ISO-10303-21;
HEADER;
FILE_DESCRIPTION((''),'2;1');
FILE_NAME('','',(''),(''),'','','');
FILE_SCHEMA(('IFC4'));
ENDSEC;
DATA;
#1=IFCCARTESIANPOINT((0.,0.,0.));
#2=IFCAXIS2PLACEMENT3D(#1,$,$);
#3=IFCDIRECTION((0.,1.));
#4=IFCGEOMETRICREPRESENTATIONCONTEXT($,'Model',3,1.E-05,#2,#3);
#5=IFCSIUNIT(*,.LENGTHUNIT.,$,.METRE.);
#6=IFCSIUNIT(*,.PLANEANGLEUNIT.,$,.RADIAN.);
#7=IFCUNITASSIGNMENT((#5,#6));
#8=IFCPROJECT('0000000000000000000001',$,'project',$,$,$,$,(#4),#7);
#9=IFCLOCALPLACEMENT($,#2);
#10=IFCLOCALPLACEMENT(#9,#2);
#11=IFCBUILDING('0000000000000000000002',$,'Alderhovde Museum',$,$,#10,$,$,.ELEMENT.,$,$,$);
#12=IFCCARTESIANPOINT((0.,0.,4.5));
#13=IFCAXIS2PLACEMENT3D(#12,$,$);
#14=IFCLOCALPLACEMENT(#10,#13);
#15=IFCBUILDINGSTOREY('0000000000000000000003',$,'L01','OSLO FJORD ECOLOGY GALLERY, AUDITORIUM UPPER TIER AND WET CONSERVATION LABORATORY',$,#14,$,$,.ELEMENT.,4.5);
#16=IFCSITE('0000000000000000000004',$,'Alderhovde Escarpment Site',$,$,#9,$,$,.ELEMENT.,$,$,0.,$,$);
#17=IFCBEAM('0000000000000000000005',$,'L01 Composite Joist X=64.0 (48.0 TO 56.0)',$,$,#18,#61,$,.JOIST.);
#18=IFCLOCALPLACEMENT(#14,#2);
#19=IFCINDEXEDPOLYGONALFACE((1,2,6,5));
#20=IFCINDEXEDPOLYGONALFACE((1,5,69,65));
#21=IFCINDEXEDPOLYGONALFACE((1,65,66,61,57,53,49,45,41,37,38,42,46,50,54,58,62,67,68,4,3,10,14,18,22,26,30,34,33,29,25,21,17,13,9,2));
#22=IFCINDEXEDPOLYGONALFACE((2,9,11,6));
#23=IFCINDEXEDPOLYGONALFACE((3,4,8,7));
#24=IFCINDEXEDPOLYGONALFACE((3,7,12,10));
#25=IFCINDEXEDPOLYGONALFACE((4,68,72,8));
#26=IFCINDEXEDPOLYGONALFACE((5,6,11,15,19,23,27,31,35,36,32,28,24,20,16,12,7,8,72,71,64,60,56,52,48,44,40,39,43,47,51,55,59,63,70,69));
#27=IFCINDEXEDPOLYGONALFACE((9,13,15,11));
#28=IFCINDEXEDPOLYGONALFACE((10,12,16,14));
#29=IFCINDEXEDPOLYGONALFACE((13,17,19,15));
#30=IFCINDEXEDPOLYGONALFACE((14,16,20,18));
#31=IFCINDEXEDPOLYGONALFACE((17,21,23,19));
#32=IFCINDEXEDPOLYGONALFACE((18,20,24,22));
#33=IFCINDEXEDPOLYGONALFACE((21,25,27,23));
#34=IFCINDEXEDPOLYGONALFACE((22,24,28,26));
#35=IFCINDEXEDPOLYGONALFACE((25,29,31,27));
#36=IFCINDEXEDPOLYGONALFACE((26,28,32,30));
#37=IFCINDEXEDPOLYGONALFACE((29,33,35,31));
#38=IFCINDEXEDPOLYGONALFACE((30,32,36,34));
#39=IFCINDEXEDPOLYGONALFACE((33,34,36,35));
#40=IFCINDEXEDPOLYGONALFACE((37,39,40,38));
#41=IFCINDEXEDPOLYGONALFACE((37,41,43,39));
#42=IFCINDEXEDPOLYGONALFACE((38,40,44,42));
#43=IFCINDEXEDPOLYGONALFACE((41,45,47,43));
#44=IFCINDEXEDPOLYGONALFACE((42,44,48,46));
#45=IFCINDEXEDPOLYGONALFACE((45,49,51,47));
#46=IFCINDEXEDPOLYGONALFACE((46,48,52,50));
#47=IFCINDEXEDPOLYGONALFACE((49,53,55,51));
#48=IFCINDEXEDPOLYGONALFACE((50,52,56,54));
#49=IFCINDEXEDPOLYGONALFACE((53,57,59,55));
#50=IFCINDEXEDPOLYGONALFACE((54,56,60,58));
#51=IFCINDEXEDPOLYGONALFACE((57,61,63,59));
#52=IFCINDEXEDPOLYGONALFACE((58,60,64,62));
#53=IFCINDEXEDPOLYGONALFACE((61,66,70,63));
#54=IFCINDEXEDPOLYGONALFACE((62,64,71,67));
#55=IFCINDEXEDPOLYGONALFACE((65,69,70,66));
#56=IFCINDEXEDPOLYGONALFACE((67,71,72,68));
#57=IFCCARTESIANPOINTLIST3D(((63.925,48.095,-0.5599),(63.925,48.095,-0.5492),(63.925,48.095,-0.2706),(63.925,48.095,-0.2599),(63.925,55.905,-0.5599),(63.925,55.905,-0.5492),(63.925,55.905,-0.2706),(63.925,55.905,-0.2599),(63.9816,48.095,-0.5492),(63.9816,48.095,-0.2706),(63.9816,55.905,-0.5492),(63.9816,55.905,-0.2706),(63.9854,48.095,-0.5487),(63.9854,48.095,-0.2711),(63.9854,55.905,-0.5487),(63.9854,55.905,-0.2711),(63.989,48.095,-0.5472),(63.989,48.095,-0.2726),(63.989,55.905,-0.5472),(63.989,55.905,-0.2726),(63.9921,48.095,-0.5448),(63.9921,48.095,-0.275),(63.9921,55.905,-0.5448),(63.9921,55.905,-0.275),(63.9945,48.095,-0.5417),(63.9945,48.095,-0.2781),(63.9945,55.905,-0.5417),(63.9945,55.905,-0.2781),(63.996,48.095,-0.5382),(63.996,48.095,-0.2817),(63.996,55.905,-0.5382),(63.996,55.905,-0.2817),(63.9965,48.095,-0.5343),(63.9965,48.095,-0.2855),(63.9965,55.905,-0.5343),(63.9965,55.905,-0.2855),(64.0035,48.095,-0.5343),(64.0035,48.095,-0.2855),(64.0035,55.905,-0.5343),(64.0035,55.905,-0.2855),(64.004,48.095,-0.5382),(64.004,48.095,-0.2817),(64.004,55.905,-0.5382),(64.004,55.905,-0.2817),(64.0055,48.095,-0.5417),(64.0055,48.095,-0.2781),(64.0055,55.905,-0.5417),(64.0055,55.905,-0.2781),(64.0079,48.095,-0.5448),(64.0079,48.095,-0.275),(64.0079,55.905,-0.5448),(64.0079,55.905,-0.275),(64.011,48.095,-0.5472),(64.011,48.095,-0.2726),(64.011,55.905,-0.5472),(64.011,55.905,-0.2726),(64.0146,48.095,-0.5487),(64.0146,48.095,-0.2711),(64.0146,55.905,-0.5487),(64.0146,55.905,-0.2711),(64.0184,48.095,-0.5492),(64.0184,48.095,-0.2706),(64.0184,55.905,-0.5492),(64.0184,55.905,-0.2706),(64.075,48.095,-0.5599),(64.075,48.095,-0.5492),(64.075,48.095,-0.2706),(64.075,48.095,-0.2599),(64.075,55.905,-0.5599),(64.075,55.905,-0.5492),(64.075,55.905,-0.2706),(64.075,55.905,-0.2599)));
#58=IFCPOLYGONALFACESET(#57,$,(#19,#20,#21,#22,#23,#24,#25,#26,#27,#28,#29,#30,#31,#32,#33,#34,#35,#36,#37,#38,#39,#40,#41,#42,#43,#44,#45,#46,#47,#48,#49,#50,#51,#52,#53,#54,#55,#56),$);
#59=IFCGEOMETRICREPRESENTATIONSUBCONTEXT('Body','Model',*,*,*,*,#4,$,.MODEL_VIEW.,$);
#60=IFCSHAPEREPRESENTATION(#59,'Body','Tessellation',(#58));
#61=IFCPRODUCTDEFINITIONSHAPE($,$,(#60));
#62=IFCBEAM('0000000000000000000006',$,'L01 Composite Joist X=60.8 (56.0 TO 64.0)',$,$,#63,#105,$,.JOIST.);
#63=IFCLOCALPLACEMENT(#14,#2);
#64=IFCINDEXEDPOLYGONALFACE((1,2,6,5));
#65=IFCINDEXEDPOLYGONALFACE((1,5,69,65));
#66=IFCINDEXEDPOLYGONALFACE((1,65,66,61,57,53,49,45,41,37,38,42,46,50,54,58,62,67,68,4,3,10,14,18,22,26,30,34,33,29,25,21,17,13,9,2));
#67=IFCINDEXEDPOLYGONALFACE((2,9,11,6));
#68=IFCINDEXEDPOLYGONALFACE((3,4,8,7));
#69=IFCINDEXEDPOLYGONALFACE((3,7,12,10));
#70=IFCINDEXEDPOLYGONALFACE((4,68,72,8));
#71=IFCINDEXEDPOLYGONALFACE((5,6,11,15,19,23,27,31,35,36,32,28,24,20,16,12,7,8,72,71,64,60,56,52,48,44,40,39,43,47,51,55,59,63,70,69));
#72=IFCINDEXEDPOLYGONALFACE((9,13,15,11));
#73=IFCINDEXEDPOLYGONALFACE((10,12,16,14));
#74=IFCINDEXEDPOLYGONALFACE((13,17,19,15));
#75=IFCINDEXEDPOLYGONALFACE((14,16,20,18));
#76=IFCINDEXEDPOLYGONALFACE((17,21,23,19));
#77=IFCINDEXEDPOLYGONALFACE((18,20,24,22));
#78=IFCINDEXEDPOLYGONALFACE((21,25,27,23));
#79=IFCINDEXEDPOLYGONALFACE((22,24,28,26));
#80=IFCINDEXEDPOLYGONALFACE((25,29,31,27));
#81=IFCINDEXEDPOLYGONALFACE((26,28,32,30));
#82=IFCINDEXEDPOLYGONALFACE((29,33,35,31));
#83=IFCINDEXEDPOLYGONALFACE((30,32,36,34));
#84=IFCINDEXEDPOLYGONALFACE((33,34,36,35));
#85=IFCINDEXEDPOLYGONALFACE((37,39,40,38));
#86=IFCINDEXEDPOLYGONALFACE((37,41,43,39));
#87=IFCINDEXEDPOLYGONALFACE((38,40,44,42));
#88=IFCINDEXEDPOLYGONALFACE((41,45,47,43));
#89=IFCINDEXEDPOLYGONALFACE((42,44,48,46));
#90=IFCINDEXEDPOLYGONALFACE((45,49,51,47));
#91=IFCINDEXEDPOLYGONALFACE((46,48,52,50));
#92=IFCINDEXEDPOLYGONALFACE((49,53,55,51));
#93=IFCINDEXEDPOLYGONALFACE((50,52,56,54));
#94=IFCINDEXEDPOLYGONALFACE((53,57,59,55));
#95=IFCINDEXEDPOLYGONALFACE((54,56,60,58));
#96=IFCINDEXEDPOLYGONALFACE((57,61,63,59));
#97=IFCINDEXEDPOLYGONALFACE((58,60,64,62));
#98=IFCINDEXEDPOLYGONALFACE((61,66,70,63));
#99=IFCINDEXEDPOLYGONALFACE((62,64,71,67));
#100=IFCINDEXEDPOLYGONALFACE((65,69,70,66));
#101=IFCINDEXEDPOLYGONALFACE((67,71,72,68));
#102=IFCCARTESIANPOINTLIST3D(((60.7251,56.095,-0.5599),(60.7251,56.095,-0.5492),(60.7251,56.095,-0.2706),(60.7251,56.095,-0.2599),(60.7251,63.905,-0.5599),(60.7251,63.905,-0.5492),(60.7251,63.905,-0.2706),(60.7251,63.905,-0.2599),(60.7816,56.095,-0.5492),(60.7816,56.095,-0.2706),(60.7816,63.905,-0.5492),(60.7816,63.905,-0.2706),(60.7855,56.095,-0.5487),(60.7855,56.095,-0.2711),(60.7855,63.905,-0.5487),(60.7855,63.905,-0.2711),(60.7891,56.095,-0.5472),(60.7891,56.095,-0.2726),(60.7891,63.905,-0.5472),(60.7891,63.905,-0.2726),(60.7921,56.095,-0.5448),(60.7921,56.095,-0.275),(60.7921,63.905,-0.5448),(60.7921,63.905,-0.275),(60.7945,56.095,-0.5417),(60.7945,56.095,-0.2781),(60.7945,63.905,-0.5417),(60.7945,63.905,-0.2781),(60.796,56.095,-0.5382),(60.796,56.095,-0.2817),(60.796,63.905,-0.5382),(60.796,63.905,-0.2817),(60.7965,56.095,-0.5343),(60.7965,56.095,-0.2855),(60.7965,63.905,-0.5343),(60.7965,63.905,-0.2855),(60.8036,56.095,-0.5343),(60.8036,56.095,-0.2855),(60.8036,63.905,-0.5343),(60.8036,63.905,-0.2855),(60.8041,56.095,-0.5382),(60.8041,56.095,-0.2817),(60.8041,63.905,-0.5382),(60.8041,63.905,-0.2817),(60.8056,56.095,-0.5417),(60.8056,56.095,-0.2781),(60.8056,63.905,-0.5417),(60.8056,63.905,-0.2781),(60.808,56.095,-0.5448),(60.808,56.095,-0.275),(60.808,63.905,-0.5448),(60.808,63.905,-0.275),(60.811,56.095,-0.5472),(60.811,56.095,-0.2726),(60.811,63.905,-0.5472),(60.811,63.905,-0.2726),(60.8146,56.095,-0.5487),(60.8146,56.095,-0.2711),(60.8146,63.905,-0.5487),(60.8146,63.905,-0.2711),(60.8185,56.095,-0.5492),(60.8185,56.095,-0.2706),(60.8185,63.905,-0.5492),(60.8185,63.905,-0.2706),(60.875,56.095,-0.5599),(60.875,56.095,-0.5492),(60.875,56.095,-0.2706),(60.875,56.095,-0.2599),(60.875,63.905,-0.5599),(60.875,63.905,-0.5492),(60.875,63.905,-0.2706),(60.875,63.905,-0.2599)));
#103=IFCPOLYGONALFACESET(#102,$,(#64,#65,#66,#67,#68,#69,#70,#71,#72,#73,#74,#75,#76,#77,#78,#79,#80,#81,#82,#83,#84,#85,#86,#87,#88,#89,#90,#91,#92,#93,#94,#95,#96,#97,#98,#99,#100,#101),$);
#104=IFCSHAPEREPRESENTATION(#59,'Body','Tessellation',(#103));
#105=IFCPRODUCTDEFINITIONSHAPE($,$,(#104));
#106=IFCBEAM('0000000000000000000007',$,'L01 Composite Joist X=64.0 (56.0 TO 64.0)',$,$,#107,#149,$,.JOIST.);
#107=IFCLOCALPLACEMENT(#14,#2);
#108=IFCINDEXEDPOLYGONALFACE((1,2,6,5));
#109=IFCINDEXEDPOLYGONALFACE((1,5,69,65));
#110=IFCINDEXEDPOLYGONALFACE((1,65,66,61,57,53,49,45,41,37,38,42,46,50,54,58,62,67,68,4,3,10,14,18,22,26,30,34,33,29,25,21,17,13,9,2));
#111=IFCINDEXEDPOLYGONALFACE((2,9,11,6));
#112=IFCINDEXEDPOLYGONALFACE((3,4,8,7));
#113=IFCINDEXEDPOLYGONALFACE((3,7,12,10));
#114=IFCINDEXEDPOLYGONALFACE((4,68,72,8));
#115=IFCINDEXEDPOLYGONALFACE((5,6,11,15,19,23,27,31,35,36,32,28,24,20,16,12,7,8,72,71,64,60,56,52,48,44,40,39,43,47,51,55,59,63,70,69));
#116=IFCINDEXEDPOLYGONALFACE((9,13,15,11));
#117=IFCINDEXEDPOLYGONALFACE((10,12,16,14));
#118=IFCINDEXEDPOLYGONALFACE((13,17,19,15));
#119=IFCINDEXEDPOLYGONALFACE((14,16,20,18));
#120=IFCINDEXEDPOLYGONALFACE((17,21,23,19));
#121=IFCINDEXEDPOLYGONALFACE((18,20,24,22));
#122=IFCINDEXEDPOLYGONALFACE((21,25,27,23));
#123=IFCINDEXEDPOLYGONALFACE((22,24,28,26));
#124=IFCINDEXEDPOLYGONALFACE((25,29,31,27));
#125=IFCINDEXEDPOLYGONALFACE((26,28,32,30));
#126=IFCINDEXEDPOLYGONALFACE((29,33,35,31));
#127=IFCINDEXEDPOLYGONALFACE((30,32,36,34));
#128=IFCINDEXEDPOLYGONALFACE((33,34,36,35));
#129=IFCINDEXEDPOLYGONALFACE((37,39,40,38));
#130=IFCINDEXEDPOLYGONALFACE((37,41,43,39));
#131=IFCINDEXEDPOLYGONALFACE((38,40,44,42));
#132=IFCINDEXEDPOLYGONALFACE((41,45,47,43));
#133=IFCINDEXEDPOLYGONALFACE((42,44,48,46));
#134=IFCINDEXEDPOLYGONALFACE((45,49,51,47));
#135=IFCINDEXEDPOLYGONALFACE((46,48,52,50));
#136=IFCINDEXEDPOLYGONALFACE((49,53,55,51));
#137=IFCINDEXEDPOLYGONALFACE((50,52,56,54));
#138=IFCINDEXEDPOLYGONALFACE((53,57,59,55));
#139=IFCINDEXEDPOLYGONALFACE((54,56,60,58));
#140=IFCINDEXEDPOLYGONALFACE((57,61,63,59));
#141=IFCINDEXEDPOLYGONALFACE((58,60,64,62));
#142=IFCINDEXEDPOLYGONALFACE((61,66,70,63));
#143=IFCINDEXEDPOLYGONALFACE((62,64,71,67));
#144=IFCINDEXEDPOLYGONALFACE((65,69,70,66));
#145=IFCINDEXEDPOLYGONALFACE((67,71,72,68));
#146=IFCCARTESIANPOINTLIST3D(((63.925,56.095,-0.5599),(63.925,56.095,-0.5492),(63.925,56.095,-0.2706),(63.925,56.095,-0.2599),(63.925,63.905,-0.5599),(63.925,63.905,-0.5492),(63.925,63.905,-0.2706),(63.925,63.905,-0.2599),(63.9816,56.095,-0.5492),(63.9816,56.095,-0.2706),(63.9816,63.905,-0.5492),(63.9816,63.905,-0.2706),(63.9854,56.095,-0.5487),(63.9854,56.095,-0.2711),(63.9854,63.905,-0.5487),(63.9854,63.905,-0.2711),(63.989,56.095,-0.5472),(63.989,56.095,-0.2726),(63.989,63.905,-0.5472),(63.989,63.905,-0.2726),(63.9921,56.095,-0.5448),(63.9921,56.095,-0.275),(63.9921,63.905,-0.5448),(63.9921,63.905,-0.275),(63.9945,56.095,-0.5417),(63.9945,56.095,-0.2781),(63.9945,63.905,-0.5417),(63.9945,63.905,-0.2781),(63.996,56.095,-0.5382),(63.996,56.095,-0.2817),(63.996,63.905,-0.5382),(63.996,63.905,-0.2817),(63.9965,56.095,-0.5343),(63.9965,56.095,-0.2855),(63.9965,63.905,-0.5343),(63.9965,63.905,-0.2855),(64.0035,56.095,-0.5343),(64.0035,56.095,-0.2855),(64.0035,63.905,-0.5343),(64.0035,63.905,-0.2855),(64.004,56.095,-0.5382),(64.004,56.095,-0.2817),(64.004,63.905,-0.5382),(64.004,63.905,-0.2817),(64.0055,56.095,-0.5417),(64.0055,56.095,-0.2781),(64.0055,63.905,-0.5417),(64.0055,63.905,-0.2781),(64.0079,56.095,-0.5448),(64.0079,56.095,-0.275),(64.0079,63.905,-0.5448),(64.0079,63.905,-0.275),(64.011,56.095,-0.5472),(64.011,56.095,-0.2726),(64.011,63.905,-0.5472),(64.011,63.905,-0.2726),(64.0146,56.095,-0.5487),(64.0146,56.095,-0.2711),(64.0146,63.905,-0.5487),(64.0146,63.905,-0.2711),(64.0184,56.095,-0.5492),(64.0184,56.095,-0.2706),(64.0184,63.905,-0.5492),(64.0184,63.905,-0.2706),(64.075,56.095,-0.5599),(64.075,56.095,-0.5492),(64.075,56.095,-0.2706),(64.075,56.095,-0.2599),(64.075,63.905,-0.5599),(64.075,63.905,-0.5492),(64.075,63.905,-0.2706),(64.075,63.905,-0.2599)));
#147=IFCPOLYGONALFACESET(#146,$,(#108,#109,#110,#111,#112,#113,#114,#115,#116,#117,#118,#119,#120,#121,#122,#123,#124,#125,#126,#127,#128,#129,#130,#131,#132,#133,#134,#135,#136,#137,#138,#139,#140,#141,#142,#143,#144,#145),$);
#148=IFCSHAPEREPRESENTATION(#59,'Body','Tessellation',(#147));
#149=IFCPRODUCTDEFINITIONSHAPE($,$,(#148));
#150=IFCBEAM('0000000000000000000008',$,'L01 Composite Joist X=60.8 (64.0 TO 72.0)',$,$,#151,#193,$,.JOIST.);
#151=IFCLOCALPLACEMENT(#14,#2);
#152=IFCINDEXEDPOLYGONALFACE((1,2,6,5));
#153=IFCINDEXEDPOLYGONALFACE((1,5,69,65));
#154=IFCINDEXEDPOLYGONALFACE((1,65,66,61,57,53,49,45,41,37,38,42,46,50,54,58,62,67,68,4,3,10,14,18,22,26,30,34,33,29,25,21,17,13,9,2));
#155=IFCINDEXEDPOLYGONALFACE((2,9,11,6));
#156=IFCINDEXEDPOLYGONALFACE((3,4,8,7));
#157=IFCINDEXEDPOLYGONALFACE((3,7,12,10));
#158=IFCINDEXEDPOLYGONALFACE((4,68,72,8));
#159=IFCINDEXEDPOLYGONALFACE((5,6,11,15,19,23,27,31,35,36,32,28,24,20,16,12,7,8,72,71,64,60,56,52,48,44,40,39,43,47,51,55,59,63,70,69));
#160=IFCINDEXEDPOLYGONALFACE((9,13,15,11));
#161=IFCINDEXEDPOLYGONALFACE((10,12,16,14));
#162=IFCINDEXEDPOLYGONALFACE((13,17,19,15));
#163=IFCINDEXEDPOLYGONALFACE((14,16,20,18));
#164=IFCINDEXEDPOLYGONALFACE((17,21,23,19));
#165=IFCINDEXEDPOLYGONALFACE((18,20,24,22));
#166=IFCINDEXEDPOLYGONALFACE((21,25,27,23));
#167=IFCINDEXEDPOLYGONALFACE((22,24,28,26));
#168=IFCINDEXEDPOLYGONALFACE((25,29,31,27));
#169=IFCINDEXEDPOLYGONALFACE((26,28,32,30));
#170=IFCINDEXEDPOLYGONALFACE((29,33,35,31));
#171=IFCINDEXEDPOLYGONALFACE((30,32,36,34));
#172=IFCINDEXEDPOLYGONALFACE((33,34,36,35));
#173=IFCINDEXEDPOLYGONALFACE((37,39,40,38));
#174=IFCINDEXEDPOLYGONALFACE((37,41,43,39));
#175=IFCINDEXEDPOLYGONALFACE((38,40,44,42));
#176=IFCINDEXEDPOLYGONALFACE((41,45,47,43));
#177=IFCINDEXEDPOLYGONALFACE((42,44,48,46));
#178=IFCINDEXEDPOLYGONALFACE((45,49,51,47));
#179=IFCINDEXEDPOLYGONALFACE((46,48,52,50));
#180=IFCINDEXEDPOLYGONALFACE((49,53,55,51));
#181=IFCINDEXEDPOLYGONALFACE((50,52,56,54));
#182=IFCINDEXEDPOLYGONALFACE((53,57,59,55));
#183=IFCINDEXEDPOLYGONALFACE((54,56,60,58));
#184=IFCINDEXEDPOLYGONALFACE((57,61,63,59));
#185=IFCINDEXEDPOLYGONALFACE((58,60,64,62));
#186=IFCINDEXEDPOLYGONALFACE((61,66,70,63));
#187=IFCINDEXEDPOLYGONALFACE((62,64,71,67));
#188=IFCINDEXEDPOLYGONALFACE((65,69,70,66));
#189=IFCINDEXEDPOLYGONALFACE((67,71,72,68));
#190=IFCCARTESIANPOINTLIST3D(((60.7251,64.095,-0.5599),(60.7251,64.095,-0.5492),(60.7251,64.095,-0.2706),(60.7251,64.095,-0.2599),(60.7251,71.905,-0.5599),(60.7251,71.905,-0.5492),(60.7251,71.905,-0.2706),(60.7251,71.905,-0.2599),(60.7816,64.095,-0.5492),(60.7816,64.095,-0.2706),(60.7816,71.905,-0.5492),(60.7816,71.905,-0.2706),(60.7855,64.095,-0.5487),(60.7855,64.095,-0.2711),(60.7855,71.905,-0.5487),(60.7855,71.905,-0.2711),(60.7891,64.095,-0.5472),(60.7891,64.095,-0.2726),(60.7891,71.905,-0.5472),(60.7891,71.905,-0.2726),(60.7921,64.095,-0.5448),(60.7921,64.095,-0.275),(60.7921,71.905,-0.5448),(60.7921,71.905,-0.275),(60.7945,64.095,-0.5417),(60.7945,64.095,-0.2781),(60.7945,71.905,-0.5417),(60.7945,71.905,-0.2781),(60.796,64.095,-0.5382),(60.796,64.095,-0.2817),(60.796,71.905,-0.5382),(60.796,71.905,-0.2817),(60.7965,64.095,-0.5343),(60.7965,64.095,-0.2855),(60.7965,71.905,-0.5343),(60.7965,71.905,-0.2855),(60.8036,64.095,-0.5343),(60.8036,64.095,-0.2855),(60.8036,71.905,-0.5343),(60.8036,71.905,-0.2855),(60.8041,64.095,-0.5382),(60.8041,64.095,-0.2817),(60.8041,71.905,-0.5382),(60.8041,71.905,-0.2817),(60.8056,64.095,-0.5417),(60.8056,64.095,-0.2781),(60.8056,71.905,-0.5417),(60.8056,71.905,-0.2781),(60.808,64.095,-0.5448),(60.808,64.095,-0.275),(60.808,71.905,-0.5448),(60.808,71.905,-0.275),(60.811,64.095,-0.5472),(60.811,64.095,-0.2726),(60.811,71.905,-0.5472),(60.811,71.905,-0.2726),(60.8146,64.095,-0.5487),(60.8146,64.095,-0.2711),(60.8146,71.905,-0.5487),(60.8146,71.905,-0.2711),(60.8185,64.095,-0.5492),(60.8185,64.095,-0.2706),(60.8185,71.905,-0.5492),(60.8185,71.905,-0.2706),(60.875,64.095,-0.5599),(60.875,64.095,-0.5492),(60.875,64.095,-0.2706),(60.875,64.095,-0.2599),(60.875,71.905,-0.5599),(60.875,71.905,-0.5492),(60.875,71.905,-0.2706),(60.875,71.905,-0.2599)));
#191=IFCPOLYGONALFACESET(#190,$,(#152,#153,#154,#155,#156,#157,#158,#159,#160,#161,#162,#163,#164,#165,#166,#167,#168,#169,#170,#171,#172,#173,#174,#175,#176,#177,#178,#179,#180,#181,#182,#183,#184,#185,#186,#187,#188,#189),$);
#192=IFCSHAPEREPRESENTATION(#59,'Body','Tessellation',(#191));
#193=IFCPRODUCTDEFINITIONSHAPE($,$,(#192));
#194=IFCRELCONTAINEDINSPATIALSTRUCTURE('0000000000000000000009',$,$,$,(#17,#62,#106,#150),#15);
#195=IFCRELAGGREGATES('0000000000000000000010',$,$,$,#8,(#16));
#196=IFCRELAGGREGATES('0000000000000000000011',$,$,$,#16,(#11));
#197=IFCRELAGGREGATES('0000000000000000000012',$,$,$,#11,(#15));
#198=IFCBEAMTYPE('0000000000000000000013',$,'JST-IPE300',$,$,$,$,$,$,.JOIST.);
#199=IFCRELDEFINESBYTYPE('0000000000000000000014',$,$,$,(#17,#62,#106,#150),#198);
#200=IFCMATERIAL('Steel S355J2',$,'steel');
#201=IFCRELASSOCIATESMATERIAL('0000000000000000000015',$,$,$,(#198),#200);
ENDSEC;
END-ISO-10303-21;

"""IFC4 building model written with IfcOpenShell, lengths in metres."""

from ifc_helpers import new_model, si_unit, direction, frame, origin, origin_2d, place, context, subcontext, project, spatial, i_section, extrude, material, material_profile, profile_set, type_object, element, save


model = new_model("IFC4")

# Units and contexts
model_context = context("Model", 3, precision=1e-05, world=origin(), true_north=direction((0.0, 1.0)))
body_context = subcontext(model_context, "Body", "Model", "MODEL_VIEW")
ifc_project = project(units=[si_unit("LENGTHUNIT", "METRE"), si_unit("PLANEANGLEUNIT", "RADIAN")], contexts=[model_context])

# Site, building, storey
site_placement = place(None, origin())
site = spatial("IfcSite", under=ifc_project, at=site_placement, Name="Alderhovde Escarpment Site", CompositionType="ELEMENT", RefElevation=0.0)
building_placement = place(site_placement, origin())
building = spatial("IfcBuilding", under=site, at=building_placement, Name="Alderhovde Museum", CompositionType="ELEMENT")
storey_placement = place(building_placement, frame((0.0, 0.0, 4.5)))
storey = spatial("IfcBuildingStorey", under=building, at=storey_placement, Name="L01", Description="OSLO FJORD ECOLOGY GALLERY, AUDITORIUM UPPER TIER AND WET CONSERVATION LABORATORY", CompositionType="ELEMENT", Elevation=4.5)

# Beams
ifc_material_1 = material(Name="Steel S355J2", Category="steel")
ifc_material_profile_1 = material_profile(ifc_material_1, i_section(OverallWidth=0.1499, OverallDepth=0.3, WebThickness=0.0071, FlangeThickness=0.0107, FilletRadius=0.0149, at=origin_2d()), Name="IPE 300")
ifc_profile_set_1 = profile_set([ifc_material_profile_1], Name="Steel S355J2")
beam_type_1 = type_object("IfcBeamType", Name="JST-IPE300", PredefinedType="JOIST", material=ifc_profile_set_1)
for number, where, z_axis, x_axis, name in (
    (1, (64.0, 48.095, -0.4099), (0.0, 1.0, 0.0), (-1.0, 0.0, 0.0), "L01 Composite Joist X=64.0 (48.0 TO 56.0)"),
    (2, (60.8, 56.095, -0.4099), (0.0, 1.0, 0.0), (-1.0, 0.0, 0.0), "L01 Composite Joist X=60.8 (56.0 TO 64.0)"),
    (3, (64.0, 56.095, -0.4099), (0.0, 1.0, 0.0), (-1.0, 0.0, 0.0), "L01 Composite Joist X=64.0 (56.0 TO 64.0)"),
    (4, (60.8, 64.095, -0.4099), (0.0, 1.0, 0.0), (-1.0, 0.0, 0.0), "L01 Composite Joist X=60.8 (64.0 TO 72.0)"),
):
    element("IfcBeam", number, at=place(storey_placement, frame(where, z_axis=z_axis, x_axis=x_axis)), inside=storey, type_object=beam_type_1, Name=name, PredefinedType="JOIST", context=body_context, shape_type="SweptSolid", body=[
        extrude(i_section(OverallWidth=0.1499, OverallDepth=0.3, WebThickness=0.0071, FlangeThickness=0.0107, FilletRadius=0.0149, at=origin_2d()), origin(), (0.0, 0.0, 1.0), 7.8101),
    ])

save(model, "model.ifc")
